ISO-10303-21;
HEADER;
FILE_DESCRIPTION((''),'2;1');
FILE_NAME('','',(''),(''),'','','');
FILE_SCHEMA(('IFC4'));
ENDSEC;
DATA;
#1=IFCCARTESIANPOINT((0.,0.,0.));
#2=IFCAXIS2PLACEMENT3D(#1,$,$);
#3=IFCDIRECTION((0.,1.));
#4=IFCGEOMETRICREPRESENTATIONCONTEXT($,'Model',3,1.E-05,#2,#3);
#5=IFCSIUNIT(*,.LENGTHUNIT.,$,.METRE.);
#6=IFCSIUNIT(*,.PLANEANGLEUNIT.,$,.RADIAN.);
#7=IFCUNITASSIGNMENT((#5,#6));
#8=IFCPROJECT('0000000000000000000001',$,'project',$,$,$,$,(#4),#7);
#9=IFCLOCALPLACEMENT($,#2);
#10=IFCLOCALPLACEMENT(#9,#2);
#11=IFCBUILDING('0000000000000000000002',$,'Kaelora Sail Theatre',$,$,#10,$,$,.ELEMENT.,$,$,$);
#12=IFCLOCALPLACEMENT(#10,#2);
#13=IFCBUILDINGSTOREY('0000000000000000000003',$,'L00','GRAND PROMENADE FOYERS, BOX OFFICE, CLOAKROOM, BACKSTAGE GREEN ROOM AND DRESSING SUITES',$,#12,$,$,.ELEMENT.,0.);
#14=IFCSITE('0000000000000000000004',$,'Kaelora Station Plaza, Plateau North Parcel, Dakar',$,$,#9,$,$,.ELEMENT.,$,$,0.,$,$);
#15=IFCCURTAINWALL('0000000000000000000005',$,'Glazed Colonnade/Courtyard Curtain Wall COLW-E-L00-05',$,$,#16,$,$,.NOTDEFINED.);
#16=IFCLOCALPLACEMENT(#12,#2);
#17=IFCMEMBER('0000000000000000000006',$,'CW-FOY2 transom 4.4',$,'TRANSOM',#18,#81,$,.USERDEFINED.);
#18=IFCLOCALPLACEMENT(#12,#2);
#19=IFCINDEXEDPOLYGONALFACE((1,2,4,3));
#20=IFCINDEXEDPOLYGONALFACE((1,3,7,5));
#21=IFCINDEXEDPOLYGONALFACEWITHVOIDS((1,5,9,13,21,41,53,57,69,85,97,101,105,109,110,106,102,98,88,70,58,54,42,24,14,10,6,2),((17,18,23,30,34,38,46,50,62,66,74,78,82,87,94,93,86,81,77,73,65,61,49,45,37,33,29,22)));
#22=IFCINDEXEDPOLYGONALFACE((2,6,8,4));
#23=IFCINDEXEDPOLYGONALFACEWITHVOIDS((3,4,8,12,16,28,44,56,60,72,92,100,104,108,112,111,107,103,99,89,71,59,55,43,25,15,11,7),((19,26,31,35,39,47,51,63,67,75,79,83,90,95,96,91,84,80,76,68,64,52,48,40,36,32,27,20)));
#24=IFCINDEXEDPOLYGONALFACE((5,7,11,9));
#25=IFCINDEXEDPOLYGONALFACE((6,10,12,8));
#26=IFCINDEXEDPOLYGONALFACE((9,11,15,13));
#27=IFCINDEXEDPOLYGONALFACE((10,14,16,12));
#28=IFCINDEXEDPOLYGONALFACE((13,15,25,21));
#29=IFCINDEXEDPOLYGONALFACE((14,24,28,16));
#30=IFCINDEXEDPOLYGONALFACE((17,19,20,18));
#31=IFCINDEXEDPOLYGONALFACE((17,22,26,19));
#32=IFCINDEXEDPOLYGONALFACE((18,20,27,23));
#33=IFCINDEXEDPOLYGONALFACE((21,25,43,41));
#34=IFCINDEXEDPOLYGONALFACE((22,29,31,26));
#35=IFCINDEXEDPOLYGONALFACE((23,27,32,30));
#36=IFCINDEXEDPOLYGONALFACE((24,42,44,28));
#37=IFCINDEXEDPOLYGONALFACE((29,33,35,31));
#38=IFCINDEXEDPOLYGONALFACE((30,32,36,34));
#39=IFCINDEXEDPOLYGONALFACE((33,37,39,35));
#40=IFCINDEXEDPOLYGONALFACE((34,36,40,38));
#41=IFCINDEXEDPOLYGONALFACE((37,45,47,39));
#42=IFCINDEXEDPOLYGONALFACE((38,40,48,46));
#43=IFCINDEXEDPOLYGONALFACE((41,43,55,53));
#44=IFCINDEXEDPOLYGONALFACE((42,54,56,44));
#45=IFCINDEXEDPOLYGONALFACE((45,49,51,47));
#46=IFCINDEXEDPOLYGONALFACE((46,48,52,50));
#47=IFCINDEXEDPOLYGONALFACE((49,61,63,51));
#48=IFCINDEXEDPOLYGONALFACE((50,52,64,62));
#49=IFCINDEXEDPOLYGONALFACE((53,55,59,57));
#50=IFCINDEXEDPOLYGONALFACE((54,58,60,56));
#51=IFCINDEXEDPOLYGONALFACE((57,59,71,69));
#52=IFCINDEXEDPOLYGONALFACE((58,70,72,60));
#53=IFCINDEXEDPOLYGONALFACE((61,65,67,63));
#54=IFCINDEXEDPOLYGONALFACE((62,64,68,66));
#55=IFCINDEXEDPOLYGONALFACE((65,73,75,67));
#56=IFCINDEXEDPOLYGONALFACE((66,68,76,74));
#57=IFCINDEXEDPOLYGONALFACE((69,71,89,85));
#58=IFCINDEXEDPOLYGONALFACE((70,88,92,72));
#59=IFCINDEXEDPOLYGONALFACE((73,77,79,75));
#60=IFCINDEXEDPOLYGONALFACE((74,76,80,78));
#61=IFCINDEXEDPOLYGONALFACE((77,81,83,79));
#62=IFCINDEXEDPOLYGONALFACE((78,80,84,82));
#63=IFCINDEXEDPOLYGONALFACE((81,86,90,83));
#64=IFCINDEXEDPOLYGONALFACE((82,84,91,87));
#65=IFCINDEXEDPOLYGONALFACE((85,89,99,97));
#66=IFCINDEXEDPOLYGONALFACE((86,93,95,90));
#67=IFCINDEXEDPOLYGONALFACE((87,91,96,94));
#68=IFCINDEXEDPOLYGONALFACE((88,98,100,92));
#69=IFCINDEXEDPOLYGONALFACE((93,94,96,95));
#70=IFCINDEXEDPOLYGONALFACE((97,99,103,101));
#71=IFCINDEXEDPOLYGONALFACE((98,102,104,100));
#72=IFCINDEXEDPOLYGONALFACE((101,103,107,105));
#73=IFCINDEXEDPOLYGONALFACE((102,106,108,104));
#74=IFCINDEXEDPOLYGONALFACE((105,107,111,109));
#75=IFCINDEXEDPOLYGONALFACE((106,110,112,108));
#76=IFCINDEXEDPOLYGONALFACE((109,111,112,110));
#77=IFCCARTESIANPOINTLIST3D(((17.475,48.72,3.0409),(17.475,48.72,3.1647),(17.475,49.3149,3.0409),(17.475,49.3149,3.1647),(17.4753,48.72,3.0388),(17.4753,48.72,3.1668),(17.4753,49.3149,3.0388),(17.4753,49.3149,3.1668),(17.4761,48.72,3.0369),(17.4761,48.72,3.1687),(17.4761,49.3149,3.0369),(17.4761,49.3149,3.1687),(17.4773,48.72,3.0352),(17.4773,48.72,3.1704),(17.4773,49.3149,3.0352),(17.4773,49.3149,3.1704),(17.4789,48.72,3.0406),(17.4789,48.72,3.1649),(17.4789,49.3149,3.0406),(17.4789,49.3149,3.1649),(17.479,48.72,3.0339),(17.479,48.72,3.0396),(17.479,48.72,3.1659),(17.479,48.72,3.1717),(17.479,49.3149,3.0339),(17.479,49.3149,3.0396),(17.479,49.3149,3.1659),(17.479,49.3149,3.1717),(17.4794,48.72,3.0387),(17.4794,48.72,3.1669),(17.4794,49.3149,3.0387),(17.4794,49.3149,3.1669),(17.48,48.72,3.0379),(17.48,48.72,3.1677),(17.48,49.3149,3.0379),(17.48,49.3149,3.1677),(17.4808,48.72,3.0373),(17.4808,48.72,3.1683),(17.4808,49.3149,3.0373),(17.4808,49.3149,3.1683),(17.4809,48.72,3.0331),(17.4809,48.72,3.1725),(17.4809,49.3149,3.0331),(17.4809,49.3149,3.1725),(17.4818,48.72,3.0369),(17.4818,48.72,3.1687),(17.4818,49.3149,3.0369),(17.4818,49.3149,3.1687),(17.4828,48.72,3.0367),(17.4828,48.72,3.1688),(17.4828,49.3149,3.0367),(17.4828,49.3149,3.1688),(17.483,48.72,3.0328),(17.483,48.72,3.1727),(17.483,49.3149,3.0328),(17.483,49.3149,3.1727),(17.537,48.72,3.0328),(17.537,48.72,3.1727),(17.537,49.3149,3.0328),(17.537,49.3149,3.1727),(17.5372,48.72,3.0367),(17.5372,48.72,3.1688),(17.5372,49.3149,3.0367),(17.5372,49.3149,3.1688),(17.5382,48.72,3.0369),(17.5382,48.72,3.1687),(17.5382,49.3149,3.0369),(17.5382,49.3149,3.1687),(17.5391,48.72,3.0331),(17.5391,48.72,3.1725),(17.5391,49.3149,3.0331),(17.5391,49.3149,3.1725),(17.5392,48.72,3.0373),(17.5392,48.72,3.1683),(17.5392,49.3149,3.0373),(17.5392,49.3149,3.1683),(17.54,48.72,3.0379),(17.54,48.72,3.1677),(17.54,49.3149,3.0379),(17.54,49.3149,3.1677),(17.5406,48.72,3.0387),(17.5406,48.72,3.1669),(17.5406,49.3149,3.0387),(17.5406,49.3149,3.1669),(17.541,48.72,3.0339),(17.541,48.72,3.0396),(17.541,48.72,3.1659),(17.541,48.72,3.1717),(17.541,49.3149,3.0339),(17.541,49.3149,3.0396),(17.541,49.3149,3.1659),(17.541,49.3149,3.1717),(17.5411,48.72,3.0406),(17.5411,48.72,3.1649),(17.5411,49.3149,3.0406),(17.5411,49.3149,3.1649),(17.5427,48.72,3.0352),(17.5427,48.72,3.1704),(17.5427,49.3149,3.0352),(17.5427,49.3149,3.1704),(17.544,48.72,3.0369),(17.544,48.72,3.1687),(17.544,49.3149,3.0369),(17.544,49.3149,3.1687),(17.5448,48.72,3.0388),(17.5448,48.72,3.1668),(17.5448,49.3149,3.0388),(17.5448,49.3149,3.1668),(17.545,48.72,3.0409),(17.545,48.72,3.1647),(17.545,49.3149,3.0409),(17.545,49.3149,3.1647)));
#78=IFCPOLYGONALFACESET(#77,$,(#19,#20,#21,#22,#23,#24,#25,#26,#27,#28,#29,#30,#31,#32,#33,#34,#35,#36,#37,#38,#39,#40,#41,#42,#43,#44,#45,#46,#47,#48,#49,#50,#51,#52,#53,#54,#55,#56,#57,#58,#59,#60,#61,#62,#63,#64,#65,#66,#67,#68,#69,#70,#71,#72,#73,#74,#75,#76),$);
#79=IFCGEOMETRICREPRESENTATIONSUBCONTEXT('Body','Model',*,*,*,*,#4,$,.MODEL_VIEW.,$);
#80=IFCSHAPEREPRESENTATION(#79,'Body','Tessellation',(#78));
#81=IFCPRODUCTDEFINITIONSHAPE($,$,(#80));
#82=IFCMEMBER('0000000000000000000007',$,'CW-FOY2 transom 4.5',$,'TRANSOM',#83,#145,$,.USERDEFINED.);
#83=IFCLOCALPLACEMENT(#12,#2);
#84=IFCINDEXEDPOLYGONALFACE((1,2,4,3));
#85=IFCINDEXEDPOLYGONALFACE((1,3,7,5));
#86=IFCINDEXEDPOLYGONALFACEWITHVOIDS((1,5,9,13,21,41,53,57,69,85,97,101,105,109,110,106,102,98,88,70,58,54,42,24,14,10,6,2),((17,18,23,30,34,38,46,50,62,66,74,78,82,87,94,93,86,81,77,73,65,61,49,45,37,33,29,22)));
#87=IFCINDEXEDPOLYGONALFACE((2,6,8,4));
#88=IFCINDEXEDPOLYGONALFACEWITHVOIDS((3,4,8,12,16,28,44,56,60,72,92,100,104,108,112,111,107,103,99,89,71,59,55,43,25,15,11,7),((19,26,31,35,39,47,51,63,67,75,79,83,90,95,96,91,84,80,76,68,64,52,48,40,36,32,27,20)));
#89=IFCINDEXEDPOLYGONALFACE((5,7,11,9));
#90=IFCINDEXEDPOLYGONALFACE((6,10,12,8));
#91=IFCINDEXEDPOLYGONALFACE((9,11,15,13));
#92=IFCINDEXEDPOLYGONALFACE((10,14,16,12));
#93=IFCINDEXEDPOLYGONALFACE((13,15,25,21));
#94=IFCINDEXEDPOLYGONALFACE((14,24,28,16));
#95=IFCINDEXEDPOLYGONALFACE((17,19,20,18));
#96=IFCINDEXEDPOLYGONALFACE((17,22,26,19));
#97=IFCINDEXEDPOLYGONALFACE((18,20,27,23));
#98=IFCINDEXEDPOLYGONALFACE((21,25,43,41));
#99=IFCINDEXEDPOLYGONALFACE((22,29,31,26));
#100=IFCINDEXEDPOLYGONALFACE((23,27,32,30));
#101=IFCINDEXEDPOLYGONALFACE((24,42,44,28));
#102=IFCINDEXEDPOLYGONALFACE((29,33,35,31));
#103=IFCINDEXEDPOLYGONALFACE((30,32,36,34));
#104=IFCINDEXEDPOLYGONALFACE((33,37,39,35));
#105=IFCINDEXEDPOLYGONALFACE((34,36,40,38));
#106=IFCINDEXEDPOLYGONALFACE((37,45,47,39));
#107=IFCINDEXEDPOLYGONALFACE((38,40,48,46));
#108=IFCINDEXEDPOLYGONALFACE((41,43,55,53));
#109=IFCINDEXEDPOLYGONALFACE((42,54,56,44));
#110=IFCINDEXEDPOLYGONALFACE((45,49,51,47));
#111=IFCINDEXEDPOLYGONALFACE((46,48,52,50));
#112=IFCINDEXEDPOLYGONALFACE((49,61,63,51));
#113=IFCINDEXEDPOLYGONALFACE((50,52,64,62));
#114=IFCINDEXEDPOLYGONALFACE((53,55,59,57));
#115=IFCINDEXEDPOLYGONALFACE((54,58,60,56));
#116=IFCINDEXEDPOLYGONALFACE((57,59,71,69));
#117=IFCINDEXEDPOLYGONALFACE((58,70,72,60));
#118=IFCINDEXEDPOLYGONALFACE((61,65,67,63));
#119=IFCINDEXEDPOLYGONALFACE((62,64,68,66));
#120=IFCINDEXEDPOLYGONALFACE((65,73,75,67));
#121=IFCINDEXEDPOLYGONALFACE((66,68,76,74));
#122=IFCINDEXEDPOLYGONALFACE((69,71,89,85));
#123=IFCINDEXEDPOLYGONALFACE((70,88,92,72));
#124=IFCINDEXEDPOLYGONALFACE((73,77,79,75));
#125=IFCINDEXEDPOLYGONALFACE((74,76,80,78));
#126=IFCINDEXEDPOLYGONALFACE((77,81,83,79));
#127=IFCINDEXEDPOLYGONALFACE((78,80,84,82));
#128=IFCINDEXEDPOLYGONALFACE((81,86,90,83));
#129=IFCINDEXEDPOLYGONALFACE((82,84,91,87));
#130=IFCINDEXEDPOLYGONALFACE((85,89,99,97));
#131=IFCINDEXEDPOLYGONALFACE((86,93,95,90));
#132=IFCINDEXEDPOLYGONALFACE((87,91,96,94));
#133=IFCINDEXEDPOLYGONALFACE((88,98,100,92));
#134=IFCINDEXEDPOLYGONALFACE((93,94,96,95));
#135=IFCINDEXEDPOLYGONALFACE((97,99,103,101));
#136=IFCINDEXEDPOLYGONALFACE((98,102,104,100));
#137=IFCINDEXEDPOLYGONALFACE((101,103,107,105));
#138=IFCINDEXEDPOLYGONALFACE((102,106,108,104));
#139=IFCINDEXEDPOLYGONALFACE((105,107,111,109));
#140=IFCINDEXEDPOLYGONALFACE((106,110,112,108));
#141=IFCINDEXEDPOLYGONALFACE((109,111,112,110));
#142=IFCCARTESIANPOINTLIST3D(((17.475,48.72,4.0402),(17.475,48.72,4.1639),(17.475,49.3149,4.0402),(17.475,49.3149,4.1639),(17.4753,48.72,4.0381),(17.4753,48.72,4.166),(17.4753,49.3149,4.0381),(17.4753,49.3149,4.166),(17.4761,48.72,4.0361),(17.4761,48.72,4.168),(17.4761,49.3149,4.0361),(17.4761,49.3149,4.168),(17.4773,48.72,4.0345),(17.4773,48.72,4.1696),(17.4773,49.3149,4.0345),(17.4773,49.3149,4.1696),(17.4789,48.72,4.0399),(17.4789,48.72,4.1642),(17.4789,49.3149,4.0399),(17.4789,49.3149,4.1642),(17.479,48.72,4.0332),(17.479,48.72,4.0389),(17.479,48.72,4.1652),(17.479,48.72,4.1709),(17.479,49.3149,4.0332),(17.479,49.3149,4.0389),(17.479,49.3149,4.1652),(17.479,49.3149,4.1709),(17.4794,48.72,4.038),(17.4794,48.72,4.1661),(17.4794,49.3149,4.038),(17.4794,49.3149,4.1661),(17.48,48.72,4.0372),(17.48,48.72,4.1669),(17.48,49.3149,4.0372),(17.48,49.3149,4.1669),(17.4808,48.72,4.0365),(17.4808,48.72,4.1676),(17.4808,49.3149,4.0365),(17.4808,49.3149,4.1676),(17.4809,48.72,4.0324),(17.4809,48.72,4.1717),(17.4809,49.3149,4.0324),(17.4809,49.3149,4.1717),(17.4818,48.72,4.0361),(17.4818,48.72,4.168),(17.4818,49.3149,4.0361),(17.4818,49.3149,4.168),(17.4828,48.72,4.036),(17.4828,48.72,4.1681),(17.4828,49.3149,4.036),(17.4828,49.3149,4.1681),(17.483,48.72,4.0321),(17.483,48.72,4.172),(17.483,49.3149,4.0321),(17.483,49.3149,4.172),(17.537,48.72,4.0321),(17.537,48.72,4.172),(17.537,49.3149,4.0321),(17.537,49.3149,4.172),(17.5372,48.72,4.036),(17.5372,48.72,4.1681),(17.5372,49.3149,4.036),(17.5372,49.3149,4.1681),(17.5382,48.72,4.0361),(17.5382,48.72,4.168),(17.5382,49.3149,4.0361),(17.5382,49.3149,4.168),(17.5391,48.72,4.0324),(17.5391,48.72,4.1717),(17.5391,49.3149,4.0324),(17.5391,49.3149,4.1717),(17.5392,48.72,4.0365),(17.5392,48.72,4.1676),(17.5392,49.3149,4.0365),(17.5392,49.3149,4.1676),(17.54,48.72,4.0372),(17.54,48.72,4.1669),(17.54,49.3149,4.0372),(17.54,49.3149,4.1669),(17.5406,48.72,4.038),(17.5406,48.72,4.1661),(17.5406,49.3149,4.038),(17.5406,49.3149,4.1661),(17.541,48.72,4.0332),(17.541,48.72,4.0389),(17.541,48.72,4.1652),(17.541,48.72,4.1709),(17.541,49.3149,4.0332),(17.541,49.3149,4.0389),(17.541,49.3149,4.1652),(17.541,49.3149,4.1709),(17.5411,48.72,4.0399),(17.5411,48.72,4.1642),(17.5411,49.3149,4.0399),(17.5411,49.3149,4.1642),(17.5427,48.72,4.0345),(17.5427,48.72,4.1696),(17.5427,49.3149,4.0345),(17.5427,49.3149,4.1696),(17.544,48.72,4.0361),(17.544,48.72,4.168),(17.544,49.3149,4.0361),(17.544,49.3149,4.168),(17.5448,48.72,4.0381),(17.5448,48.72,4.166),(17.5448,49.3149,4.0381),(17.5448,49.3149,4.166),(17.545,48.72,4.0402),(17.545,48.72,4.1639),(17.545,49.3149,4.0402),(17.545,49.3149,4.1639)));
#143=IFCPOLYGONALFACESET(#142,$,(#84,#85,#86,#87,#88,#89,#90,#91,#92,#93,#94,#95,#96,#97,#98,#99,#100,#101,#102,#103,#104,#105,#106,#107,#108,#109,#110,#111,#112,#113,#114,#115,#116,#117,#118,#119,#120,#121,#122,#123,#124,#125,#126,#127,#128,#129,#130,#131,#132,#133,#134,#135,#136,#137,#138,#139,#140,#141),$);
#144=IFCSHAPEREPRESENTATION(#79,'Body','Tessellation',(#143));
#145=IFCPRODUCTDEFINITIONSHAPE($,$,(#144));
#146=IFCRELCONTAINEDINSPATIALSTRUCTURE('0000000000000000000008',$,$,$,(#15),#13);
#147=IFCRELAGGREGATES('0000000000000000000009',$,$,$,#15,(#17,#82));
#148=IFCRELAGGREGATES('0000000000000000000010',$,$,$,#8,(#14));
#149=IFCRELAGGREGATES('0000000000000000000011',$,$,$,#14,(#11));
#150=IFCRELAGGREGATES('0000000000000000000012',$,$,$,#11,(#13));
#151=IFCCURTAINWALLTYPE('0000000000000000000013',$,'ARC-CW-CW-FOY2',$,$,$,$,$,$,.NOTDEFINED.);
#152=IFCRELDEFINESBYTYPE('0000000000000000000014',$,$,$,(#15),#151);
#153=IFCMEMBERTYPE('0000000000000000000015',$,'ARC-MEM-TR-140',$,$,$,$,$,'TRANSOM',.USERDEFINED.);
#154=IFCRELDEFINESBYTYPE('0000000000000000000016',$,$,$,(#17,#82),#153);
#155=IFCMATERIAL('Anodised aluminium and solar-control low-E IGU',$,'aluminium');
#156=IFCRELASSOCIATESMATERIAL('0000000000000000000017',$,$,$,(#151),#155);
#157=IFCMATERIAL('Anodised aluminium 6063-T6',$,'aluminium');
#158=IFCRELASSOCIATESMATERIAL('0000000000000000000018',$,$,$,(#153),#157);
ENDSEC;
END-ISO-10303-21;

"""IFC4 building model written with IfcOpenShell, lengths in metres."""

from ifc_helpers import new_model, si_unit, direction, frame, origin, origin_2d, place, context, subcontext, project, spatial, hollow_rectangle, extrude, material, material_profile, profile_set, type_object, element, aggregate, save


model = new_model("IFC4")

# Units and contexts
model_context = context("Model", 3, precision=1e-05, world=origin(), true_north=direction((0.0, 1.0)))
body_context = subcontext(model_context, "Body", "Model", "MODEL_VIEW")
ifc_project = project(units=[si_unit("LENGTHUNIT", "METRE"), si_unit("PLANEANGLEUNIT", "RADIAN")], contexts=[model_context])

# Site, building, storey
site_placement = place(None, origin())
site = spatial("IfcSite", under=ifc_project, at=site_placement, Name="Kaelora Station Plaza, Plateau North Parcel, Dakar", CompositionType="ELEMENT", RefElevation=0.0)
building_placement = place(site_placement, origin())
building = spatial("IfcBuilding", under=site, at=building_placement, Name="Kaelora Sail Theatre", CompositionType="ELEMENT")
storey_placement = place(building_placement, origin())
storey = spatial("IfcBuildingStorey", under=building, at=storey_placement, Name="L00", Description="GRAND PROMENADE FOYERS, BOX OFFICE, CLOAKROOM, BACKSTAGE GREEN ROOM AND DRESSING SUITES", CompositionType="ELEMENT", Elevation=0.0)

# Curtain wall, members
ifc_material_1 = material(Name="Anodised aluminium and solar-control low-E IGU", Category="aluminium")
curtain_wall_type = type_object("IfcCurtainWallType", Name="ARC-CW-CW-FOY2", PredefinedType="NOTDEFINED", material=ifc_material_1)
curtain_wall_1_placement = place(storey_placement, origin())
curtain_wall_1 = element("IfcCurtainWall", 1, at=curtain_wall_1_placement, inside=storey, type_object=curtain_wall_type, Name="Glazed Colonnade/Courtyard Curtain Wall COLW-E-L00-05", PredefinedType="NOTDEFINED")
ifc_material_2 = material(Name="Anodised aluminium 6063-T6", Category="aluminium")
ifc_material_profile = material_profile(ifc_material_2, hollow_rectangle(XDim=0.0701, YDim=0.1399, WallThickness=0.0039, InnerFilletRadius=0.0039, OuterFilletRadius=0.0081, at=origin_2d()), Name="ALU-TRAN 70x140x4")
ifc_profile_set = profile_set([ifc_material_profile], Name="Anodised aluminium 6063-T6")
member_type = type_object("IfcMemberType", Name="ARC-MEM-TR-140", ElementType="TRANSOM", PredefinedType="USERDEFINED", material=ifc_profile_set)
member_1_placement = place(storey_placement, frame((17.51, 48.72, 3.1028), z_axis=(0.0, 1.0, 0.0), x_axis=(-1.0, 0.0, 0.0)))
member_1 = element("IfcMember", 2, at=member_1_placement, type_object=member_type, Name="CW-FOY2 transom 4.4", ObjectType="TRANSOM", PredefinedType="USERDEFINED", context=body_context, shape_type="SweptSolid", body=[
    extrude(hollow_rectangle(XDim=0.0701, YDim=0.1399, WallThickness=0.0039, InnerFilletRadius=0.0039, OuterFilletRadius=0.0081, at=origin_2d()), origin(), (0.0, 0.0, 1.0), 0.595),
])
member_2_placement = place(storey_placement, frame((17.51, 48.72, 4.1021), z_axis=(0.0, 1.0, 0.0), x_axis=(-1.0, 0.0, 0.0)))
member_2 = element("IfcMember", 3, at=member_2_placement, type_object=member_type, Name="CW-FOY2 transom 4.5", ObjectType="TRANSOM", PredefinedType="USERDEFINED", context=body_context, shape_type="SweptSolid", body=[
    extrude(hollow_rectangle(XDim=0.0701, YDim=0.1399, WallThickness=0.0039, InnerFilletRadius=0.0039, OuterFilletRadius=0.0081, at=origin_2d()), origin(), (0.0, 0.0, 1.0), 0.595),
])

aggregate(curtain_wall_1, [member_1, member_2])

save(model, "model.ifc")
